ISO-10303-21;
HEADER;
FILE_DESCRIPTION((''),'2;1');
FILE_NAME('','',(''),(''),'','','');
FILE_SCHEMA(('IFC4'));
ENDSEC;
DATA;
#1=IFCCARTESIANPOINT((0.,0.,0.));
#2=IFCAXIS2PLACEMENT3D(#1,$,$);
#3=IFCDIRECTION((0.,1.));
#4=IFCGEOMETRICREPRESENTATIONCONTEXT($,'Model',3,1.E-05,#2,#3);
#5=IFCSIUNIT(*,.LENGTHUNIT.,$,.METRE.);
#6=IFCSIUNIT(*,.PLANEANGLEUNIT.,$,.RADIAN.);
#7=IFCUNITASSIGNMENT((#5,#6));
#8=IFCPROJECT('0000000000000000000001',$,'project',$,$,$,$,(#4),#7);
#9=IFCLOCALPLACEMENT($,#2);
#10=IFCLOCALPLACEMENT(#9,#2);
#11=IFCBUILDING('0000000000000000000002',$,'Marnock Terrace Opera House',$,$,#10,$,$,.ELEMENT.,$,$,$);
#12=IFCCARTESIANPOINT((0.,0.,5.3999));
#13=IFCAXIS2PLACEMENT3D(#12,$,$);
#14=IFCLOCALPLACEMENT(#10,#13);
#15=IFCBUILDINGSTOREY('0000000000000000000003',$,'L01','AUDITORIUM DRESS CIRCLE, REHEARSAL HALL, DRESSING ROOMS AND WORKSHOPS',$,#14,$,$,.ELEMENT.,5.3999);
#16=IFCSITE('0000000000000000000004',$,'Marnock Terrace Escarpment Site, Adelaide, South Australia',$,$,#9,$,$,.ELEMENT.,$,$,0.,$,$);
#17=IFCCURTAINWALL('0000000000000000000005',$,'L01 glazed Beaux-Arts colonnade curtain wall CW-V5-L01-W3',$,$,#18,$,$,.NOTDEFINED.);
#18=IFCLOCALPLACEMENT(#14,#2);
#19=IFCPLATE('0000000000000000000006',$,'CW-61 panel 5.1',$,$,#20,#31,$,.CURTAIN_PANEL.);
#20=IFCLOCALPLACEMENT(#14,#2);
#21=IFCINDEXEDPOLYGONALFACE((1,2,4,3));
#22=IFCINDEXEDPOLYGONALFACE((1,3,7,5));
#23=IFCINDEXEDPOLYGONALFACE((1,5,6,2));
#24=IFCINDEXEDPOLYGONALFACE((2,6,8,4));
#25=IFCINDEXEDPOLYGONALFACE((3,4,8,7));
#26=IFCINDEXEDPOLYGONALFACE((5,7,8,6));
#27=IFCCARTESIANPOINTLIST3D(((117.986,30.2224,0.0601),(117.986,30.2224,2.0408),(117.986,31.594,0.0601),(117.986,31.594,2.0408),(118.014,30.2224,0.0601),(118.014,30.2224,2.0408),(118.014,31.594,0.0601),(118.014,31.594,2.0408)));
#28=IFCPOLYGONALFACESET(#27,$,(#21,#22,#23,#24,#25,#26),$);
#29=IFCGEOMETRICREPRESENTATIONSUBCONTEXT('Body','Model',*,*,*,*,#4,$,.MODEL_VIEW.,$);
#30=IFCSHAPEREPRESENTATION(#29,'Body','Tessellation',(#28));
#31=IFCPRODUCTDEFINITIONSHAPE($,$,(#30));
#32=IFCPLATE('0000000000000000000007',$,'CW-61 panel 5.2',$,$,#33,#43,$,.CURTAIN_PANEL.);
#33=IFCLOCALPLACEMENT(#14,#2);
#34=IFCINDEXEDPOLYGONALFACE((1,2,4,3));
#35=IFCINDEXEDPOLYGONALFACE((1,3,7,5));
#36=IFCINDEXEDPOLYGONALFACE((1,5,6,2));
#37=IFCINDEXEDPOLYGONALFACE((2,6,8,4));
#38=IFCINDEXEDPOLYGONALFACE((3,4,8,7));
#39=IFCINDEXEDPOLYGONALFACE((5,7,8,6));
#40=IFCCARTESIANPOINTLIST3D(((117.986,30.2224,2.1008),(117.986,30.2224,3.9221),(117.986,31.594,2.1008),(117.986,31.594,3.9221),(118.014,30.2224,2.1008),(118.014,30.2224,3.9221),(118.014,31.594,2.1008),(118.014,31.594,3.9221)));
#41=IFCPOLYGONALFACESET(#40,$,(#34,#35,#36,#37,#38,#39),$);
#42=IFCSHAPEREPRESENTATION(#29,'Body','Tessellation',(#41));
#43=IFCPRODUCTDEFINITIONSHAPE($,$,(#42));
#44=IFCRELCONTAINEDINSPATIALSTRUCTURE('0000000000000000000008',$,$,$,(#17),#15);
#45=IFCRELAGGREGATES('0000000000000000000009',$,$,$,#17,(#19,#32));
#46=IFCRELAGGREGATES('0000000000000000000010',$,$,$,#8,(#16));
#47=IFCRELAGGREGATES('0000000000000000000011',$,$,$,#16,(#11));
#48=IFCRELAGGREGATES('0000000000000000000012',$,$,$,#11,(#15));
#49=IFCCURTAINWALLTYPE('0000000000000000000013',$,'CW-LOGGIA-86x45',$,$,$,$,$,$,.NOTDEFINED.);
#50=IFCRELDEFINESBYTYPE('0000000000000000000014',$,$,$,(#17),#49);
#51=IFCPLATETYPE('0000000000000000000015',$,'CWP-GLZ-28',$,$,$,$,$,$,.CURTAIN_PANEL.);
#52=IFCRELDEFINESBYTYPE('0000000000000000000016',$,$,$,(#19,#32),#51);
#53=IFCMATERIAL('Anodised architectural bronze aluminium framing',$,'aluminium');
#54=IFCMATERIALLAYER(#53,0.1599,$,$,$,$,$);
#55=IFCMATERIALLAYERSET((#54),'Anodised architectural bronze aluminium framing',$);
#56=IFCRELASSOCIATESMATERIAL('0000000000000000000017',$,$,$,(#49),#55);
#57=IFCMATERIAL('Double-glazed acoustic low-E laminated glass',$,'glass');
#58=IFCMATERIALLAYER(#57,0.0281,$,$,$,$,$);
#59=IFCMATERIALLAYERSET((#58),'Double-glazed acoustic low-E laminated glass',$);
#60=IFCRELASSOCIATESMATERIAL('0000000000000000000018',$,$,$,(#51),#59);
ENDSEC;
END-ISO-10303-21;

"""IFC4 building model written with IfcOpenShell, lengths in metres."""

from ifc_helpers import new_model, si_unit, direction, frame, origin, origin_2d, place, context, subcontext, project, spatial, rectangle, extrude, material, layer, layer_set, type_object, element, aggregate, save


model = new_model("IFC4")

# Units and contexts
model_context = context("Model", 3, precision=1e-05, world=origin(), true_north=direction((0.0, 1.0)))
body_context = subcontext(model_context, "Body", "Model", "MODEL_VIEW")
ifc_project = project(units=[si_unit("LENGTHUNIT", "METRE"), si_unit("PLANEANGLEUNIT", "RADIAN")], contexts=[model_context])

# Site, building, storey
site_placement = place(None, origin())
site = spatial("IfcSite", under=ifc_project, at=site_placement, Name="Marnock Terrace Escarpment Site, Adelaide, South Australia", CompositionType="ELEMENT", RefElevation=0.0)
building_placement = place(site_placement, origin())
building = spatial("IfcBuilding", under=site, at=building_placement, Name="Marnock Terrace Opera House", CompositionType="ELEMENT")
storey_placement = place(building_placement, frame((0.0, 0.0, 5.3999)))
storey = spatial("IfcBuildingStorey", under=building, at=storey_placement, Name="L01", Description="AUDITORIUM DRESS CIRCLE, REHEARSAL HALL, DRESSING ROOMS AND WORKSHOPS", CompositionType="ELEMENT", Elevation=5.3999)

# Curtain wall
ifc_material_1 = material(Name="Anodised architectural bronze aluminium framing", Category="aluminium")
ifc_layer_1 = layer(ifc_material_1, 0.1599)
ifc_layer_set_1 = layer_set([ifc_layer_1], Name="Anodised architectural bronze aluminium framing")
curtain_wall_type_1 = type_object("IfcCurtainWallType", Name="CW-LOGGIA-86x45", PredefinedType="NOTDEFINED", material=ifc_layer_set_1)
curtain_wall_1_placement = place(storey_placement, origin())
curtain_wall_1 = element("IfcCurtainWall", 1, at=curtain_wall_1_placement, inside=storey, type_object=curtain_wall_type_1, Name="L01 glazed Beaux-Arts colonnade curtain wall CW-V5-L01-W3", PredefinedType="NOTDEFINED")

# Plates
ifc_material_2 = material(Name="Double-glazed acoustic low-E laminated glass", Category="glass")
ifc_layer_2 = layer(ifc_material_2, 0.0281)
ifc_layer_set_2 = layer_set([ifc_layer_2], Name="Double-glazed acoustic low-E laminated glass")
plate_type = type_object("IfcPlateType", Name="CWP-GLZ-28", PredefinedType="CURTAIN_PANEL", material=ifc_layer_set_2)
plate_1_placement = place(storey_placement, frame((118.0, 30.9082, 0.0601), z_axis=(0.0, 0.0, 1.0), x_axis=(0.0, 1.0, 0.0)))
plate_1 = element("IfcPlate", 2, at=plate_1_placement, type_object=plate_type, Name="CW-61 panel 5.1", PredefinedType="CURTAIN_PANEL", context=body_context, shape_type="SweptSolid", body=[
    extrude(rectangle(XDim=1.3716, YDim=0.0281, at=origin_2d()), origin(), (0.0, 0.0, 1.0), 1.9807),
])
plate_2_placement = place(storey_placement, frame((118.0, 30.9082, 2.1008), z_axis=(0.0, 0.0, 1.0), x_axis=(0.0, 1.0, 0.0)))
plate_2 = element("IfcPlate", 3, at=plate_2_placement, type_object=plate_type, Name="CW-61 panel 5.2", PredefinedType="CURTAIN_PANEL", context=body_context, shape_type="SweptSolid", body=[
    extrude(rectangle(XDim=1.3716, YDim=0.0281, at=origin_2d()), origin(), (0.0, 0.0, 1.0), 1.8213),
])
aggregate(curtain_wall_1, [plate_1, plate_2])

save(model, "model.ifc")
